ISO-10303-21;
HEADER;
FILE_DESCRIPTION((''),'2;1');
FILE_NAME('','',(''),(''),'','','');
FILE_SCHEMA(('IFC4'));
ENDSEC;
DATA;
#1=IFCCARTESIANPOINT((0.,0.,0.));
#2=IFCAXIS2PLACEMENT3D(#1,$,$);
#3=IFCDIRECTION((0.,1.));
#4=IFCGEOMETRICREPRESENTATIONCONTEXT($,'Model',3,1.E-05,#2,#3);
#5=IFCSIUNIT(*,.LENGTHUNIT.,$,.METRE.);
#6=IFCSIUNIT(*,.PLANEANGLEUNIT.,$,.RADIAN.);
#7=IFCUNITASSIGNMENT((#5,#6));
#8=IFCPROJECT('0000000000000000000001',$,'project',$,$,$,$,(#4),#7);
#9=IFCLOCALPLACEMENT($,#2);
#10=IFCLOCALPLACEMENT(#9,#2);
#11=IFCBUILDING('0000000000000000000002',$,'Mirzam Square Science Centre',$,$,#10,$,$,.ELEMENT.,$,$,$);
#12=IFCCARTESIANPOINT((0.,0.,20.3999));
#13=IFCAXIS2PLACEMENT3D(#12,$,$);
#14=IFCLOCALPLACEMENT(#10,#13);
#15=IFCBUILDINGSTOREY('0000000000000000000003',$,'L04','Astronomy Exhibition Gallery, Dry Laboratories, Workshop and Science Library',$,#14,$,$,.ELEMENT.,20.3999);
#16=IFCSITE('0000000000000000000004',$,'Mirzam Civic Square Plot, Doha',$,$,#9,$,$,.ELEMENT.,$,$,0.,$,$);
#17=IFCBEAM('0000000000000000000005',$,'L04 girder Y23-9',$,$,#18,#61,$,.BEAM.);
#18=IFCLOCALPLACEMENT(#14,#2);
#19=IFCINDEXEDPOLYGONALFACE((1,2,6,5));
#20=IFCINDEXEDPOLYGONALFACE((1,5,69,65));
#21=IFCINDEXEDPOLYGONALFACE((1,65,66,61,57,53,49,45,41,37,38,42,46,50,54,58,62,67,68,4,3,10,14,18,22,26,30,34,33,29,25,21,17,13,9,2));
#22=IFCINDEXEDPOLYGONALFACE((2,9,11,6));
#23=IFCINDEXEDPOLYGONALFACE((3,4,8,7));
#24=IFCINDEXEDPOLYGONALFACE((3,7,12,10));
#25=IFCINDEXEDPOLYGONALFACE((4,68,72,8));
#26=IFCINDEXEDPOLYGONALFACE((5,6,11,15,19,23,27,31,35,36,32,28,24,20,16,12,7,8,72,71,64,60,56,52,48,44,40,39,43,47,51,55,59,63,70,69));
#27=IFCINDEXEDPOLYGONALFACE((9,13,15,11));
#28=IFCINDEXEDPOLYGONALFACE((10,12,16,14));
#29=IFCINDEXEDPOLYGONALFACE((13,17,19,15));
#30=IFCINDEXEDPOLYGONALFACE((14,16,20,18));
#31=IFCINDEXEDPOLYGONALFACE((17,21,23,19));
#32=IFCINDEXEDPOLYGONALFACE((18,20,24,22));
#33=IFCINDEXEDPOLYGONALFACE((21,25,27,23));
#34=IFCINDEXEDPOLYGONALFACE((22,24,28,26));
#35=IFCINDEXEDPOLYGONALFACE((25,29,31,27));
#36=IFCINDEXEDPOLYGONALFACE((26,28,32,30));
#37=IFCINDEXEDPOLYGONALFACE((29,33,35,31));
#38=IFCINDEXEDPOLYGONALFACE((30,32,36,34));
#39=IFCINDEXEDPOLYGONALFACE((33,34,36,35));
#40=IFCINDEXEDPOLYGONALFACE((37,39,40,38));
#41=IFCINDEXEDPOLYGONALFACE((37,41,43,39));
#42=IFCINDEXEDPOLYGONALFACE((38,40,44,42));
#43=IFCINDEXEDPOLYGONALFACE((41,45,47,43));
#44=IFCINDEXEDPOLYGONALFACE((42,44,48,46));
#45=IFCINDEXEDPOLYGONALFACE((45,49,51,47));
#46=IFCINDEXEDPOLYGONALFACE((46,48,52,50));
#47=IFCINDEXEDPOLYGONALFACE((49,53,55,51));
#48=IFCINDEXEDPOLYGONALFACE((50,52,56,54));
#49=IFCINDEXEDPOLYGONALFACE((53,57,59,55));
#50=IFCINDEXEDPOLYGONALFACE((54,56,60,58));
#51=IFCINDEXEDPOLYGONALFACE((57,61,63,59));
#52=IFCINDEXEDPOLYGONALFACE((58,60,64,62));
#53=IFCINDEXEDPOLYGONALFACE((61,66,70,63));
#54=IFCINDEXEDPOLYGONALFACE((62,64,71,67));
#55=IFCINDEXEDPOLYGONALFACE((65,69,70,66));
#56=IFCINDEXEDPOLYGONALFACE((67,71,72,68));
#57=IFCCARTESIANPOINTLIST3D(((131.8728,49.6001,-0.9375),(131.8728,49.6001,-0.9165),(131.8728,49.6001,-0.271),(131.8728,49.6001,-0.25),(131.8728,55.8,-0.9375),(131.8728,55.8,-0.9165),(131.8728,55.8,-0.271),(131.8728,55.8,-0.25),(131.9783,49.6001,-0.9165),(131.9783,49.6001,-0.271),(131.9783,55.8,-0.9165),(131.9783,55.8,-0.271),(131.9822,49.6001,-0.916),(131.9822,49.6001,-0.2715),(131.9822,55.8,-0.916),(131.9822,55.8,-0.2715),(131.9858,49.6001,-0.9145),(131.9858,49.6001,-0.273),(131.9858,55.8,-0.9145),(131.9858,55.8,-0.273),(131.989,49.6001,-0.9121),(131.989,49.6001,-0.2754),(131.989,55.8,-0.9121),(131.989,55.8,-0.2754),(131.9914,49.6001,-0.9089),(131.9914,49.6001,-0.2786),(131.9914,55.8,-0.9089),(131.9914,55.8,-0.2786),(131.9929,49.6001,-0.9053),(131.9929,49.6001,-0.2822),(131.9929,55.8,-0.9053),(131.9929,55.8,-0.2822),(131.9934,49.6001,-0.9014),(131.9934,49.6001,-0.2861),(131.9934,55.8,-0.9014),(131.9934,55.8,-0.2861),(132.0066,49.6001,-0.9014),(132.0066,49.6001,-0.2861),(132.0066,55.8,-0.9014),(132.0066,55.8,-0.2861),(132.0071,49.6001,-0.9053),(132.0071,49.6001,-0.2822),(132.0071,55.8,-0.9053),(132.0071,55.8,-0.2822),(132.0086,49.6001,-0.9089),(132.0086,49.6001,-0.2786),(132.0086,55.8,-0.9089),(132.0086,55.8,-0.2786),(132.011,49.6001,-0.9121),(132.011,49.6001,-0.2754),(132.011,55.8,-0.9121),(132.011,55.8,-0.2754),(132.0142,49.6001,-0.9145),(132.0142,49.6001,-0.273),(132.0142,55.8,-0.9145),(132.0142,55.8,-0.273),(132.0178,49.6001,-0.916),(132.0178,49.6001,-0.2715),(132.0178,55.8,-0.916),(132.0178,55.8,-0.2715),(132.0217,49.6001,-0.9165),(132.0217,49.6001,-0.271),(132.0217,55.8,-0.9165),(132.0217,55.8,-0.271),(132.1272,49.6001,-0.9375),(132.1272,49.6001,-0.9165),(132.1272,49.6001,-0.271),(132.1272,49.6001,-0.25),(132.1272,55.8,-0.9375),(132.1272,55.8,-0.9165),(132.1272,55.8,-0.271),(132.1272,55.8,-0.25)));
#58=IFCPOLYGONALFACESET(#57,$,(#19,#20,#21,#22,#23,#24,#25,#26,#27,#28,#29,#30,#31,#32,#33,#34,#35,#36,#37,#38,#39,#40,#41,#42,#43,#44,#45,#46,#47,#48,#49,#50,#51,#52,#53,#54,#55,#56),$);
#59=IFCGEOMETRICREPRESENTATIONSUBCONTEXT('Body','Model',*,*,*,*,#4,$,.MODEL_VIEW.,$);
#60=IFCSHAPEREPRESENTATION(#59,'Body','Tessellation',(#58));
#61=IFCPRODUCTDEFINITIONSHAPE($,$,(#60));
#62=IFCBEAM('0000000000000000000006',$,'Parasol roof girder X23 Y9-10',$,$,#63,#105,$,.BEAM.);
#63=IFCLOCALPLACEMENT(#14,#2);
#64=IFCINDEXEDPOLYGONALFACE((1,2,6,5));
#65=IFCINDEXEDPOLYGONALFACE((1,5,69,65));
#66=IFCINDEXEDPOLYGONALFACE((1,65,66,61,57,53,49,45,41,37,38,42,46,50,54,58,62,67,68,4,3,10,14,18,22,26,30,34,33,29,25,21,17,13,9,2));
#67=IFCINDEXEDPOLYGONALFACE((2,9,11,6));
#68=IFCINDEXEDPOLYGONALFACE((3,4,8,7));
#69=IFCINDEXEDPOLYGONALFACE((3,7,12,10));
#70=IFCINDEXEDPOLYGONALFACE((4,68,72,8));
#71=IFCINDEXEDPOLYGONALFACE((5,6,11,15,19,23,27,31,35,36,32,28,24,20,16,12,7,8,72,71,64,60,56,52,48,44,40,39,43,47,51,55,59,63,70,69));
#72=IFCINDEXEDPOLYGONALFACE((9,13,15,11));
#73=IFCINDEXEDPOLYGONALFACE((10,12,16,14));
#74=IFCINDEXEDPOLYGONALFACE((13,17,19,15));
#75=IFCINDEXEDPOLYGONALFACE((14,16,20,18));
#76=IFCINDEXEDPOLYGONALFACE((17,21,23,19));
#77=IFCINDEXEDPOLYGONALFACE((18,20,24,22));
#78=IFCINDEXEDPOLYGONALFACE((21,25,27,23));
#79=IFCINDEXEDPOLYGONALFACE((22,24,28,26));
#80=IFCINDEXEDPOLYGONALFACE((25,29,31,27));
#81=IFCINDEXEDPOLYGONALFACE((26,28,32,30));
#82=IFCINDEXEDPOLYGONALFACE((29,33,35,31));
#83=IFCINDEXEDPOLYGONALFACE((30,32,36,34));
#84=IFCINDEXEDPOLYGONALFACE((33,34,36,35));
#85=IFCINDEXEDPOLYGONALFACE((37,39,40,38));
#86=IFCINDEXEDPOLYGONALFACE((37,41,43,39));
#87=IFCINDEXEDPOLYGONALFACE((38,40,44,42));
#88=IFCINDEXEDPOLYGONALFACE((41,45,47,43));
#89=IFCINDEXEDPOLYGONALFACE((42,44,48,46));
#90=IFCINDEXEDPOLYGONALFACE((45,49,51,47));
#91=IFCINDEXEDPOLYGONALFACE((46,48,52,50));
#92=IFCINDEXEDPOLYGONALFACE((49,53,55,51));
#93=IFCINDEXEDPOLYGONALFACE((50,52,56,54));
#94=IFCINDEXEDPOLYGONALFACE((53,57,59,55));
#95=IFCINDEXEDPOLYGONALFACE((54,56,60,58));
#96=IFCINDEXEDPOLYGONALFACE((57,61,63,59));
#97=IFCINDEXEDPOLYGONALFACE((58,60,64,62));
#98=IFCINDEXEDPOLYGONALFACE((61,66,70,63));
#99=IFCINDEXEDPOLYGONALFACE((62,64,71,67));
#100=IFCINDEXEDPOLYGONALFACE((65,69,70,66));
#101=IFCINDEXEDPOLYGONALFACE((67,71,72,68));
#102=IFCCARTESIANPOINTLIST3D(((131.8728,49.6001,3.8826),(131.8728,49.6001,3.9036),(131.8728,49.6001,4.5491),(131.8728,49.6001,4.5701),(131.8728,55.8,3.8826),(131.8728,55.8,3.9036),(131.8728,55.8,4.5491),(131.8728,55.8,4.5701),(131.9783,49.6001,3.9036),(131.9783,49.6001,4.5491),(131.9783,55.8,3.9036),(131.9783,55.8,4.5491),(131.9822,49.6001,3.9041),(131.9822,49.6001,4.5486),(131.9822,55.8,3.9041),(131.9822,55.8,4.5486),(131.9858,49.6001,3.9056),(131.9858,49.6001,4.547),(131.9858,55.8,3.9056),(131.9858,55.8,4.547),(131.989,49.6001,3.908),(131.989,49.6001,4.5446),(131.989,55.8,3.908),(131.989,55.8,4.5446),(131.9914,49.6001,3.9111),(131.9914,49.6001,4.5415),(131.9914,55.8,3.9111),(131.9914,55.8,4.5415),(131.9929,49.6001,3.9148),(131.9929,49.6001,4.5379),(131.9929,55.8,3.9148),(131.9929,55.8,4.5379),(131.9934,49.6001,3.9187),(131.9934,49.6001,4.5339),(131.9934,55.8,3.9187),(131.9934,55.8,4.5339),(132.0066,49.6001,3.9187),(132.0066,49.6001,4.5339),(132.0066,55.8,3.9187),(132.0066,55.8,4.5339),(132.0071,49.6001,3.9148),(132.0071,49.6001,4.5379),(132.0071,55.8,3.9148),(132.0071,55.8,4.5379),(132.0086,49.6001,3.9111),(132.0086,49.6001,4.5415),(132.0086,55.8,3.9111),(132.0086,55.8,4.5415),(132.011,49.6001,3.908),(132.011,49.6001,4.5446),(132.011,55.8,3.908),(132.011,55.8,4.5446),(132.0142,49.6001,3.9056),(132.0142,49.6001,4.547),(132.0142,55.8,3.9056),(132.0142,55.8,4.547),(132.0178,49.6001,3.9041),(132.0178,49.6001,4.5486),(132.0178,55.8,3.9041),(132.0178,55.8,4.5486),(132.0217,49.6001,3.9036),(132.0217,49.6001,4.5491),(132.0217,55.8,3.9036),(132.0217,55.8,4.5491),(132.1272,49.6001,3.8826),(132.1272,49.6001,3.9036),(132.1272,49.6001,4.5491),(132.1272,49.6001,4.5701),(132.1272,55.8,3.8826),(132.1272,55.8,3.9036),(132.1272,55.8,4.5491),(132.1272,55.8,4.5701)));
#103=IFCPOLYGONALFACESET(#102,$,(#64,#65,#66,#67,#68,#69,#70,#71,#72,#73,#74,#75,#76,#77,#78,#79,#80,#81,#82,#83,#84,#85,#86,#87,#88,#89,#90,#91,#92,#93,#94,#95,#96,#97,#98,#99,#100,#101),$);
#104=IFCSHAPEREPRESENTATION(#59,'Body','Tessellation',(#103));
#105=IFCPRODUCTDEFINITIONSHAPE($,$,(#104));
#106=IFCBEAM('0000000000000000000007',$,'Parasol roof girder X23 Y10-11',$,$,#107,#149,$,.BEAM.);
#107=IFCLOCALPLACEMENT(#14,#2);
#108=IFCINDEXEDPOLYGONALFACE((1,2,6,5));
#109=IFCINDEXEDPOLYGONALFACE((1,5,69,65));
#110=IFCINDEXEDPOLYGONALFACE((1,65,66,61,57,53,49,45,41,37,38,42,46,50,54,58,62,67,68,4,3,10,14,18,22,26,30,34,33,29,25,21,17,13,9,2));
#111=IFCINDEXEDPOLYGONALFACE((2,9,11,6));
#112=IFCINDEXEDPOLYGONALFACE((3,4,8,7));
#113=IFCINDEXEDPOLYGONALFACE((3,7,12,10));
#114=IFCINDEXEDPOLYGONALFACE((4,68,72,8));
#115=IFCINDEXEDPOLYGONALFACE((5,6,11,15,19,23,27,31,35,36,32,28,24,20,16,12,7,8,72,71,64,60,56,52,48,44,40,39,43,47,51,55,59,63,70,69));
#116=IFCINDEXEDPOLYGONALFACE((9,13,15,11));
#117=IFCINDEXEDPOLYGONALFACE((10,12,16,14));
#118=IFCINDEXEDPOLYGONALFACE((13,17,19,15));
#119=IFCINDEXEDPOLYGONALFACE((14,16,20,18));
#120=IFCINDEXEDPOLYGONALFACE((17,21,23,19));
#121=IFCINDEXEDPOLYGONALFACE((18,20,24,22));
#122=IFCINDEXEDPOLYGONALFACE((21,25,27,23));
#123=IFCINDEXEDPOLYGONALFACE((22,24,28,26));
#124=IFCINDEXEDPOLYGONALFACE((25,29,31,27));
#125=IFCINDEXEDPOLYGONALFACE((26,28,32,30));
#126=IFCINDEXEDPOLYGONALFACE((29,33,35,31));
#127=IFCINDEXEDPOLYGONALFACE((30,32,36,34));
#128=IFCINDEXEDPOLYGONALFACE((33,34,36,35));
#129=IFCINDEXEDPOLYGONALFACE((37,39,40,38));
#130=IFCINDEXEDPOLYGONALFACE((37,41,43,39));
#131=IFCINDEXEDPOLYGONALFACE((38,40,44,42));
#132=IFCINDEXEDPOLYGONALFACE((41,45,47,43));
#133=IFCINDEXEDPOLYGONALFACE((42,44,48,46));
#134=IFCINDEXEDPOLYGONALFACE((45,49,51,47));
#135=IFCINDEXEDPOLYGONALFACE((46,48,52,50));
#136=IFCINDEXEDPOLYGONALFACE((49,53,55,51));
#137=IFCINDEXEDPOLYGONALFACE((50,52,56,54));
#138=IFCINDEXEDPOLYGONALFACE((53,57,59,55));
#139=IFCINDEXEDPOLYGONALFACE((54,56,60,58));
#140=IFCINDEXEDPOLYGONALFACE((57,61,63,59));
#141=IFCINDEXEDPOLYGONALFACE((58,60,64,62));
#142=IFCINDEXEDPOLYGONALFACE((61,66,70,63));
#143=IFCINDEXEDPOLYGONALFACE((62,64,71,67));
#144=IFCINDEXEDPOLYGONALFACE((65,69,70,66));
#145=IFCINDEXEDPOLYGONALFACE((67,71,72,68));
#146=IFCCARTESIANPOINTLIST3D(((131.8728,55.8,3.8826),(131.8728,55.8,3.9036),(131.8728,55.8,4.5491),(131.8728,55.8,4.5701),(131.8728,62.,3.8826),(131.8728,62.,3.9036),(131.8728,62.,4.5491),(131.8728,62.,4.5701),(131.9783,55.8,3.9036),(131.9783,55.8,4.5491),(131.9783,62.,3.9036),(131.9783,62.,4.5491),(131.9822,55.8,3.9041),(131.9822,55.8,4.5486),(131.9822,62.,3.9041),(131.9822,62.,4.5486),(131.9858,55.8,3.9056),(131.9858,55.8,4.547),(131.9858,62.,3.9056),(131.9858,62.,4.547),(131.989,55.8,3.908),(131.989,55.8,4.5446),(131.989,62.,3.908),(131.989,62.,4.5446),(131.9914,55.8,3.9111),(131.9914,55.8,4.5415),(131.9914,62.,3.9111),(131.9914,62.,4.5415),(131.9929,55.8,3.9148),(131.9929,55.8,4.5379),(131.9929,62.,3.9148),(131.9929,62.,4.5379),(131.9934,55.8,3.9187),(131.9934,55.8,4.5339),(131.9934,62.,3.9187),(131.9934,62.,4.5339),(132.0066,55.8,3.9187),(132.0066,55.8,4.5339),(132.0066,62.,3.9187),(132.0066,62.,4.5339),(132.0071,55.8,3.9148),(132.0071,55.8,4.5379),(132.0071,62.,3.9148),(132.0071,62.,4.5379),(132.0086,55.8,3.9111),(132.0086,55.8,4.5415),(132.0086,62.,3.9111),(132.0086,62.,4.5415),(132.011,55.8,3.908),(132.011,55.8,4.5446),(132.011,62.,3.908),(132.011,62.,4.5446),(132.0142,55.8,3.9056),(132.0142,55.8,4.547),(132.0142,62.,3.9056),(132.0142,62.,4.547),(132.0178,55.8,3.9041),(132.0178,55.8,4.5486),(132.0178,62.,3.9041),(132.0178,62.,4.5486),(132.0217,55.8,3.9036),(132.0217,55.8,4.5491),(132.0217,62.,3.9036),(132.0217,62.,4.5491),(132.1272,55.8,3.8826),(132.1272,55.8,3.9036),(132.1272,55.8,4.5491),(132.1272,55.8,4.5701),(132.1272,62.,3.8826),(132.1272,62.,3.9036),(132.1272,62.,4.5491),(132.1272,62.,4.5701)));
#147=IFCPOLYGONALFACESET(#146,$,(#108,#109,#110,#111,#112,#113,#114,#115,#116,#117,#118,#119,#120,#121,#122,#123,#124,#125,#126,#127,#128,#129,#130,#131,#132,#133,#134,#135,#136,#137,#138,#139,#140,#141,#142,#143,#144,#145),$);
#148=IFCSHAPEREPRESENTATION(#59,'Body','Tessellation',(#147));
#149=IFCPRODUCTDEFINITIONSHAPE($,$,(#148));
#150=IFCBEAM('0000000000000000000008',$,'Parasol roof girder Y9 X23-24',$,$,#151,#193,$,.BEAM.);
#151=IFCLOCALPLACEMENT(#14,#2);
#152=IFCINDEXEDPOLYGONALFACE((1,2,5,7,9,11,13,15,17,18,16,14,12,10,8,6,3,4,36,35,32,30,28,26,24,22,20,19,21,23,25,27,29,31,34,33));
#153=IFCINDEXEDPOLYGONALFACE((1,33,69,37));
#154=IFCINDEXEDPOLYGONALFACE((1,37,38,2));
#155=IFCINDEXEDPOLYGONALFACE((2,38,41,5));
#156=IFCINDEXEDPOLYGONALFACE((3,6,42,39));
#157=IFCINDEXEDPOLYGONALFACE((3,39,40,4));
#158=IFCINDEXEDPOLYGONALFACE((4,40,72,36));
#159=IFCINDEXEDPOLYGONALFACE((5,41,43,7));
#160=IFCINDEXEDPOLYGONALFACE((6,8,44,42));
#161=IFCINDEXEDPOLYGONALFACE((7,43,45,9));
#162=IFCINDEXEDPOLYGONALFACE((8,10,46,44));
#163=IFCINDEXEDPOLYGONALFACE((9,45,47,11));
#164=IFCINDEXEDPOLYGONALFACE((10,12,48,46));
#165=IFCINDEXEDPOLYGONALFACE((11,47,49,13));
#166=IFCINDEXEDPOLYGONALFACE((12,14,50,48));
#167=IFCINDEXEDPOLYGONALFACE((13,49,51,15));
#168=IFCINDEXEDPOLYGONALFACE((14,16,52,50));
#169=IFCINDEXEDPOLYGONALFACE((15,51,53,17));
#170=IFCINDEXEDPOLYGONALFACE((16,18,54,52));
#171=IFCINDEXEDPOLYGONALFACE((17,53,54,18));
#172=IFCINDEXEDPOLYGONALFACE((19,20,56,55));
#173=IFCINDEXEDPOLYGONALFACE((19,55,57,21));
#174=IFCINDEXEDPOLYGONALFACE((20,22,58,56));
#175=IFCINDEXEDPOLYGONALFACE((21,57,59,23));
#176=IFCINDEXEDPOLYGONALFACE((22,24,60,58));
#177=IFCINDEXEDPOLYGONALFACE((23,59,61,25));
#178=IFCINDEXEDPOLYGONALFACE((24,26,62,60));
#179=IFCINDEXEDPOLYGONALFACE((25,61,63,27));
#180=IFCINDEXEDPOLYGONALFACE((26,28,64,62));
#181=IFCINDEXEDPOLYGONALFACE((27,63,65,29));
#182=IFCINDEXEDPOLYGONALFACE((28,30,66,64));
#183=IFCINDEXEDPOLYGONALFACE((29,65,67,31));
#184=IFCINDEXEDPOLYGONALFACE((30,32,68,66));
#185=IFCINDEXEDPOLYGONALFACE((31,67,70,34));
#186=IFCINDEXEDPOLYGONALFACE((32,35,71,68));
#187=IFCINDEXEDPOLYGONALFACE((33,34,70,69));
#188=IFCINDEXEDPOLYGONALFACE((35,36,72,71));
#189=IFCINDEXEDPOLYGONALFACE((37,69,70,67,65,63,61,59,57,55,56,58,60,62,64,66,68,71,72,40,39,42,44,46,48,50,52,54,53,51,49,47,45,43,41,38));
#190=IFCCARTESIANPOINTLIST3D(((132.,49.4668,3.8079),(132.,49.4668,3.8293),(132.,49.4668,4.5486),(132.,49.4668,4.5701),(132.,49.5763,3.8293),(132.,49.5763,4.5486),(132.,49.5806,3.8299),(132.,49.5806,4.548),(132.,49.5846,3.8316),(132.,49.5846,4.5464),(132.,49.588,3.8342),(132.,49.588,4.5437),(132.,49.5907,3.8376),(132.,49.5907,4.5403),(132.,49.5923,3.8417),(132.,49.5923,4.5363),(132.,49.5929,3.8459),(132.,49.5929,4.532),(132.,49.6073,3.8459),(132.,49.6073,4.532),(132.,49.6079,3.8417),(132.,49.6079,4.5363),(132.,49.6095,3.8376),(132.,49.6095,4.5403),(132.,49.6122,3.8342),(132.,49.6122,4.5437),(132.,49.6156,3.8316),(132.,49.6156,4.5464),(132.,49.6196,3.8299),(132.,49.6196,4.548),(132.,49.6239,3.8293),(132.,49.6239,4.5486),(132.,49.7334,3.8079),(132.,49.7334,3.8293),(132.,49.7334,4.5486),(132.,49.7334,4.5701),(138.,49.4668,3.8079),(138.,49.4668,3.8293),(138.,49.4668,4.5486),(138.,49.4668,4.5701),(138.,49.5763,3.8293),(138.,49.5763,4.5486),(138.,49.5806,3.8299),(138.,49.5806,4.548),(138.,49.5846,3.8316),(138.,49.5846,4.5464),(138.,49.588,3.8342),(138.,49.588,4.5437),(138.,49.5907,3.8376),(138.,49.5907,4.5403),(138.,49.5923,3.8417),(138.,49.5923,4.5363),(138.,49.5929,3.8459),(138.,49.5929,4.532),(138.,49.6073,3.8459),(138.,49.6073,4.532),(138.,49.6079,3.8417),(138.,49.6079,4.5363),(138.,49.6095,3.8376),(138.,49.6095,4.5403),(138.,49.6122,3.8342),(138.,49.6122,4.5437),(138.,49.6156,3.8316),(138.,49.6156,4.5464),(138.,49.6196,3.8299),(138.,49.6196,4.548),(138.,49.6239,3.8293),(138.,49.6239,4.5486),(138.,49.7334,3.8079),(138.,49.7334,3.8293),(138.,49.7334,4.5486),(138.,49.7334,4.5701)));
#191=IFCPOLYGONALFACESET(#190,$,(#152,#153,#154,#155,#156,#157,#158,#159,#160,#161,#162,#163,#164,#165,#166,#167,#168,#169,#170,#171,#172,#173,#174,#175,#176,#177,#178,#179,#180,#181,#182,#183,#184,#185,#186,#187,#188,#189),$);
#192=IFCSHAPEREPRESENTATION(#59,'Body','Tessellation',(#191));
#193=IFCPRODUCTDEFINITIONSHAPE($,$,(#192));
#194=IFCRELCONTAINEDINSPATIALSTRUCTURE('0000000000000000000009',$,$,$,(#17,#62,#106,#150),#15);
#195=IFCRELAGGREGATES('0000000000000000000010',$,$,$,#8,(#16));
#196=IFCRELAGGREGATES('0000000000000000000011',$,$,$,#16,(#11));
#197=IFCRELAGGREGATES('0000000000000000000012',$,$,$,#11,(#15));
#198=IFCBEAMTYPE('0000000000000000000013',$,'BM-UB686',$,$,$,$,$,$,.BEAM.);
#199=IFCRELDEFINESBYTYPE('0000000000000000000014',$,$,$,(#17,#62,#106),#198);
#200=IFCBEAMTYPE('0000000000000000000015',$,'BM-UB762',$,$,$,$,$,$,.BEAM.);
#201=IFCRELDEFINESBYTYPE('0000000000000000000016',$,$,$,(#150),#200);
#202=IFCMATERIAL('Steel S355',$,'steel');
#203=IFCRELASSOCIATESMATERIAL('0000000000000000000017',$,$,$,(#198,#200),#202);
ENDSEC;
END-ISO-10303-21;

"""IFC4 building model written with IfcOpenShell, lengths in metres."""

from ifc_helpers import new_model, si_unit, direction, frame, origin, origin_2d, place, context, subcontext, project, spatial, i_section, extrude, material, material_profile, profile_set, type_object, element, save


model = new_model("IFC4")

# Units and contexts
model_context = context("Model", 3, precision=1e-05, world=origin(), true_north=direction((0.0, 1.0)))
body_context = subcontext(model_context, "Body", "Model", "MODEL_VIEW")
ifc_project = project(units=[si_unit("LENGTHUNIT", "METRE"), si_unit("PLANEANGLEUNIT", "RADIAN")], contexts=[model_context])

# Site, building, storey
site_placement = place(None, origin())
site = spatial("IfcSite", under=ifc_project, at=site_placement, Name="Mirzam Civic Square Plot, Doha", CompositionType="ELEMENT", RefElevation=0.0)
building_placement = place(site_placement, origin())
building = spatial("IfcBuilding", under=site, at=building_placement, Name="Mirzam Square Science Centre", CompositionType="ELEMENT")
storey_placement = place(building_placement, frame((0.0, 0.0, 20.3999)))
storey = spatial("IfcBuildingStorey", under=building, at=storey_placement, Name="L04", Description="Astronomy Exhibition Gallery, Dry Laboratories, Workshop and Science Library", CompositionType="ELEMENT", Elevation=20.3999)

# Shared definitions
ifc_material_1 = material(Name="Steel S355", Category="steel")

# Beams
ifc_material_profile_1 = material_profile(ifc_material_1, i_section(OverallWidth=0.2544, OverallDepth=0.6875, WebThickness=0.0132, FlangeThickness=0.021, FilletRadius=0.0151, at=origin_2d()), Name="686x254x152UB")
ifc_profile_set_1 = profile_set([ifc_material_profile_1], Name="Steel S355")
beam_type_1 = type_object("IfcBeamType", Name="BM-UB686", PredefinedType="BEAM", material=ifc_profile_set_1)
for number, where, z_axis, x_axis, name in (
    (1, (132.0, 49.6001, -0.5938), (0.0, 1.0, 0.0), (-1.0, 0.0, 0.0), "L04 girder Y23-9"),
    (2, (132.0, 49.6001, 4.2263), (0.0, 1.0, 0.0), (-1.0, 0.0, 0.0), "Parasol roof girder X23 Y9-10"),
    (3, (132.0, 55.8, 4.2263), (0.0, 1.0, 0.0), (-1.0, 0.0, 0.0), "Parasol roof girder X23 Y10-11"),
):
    element("IfcBeam", number, at=place(storey_placement, frame(where, z_axis=z_axis, x_axis=x_axis)), inside=storey, type_object=beam_type_1, Name=name, PredefinedType="BEAM", context=body_context, shape_type="SweptSolid", body=[
        extrude(i_section(OverallWidth=0.2544, OverallDepth=0.6875, WebThickness=0.0132, FlangeThickness=0.021, FilletRadius=0.0151, at=origin_2d()), origin(), (0.0, 0.0, 1.0), 6.2),
    ])
ifc_material_profile_2 = material_profile(ifc_material_1, i_section(OverallWidth=0.2666, OverallDepth=0.7622, WebThickness=0.0144, FlangeThickness=0.0215, FilletRadius=0.0166, at=origin_2d()), Name="762x267x173UB")
ifc_profile_set_2 = profile_set([ifc_material_profile_2], Name="Steel S355")
beam_type_2 = type_object("IfcBeamType", Name="BM-UB762", PredefinedType="BEAM", material=ifc_profile_set_2)
for number, where, z_axis, x_axis, name in (
    (4, (132.0, 49.6001, 4.189), (1.0, 0.0, 0.0), (0.0, 1.0, 0.0), "Parasol roof girder Y9 X23-24"),
):
    element("IfcBeam", number, at=place(storey_placement, frame(where, z_axis=z_axis, x_axis=x_axis)), inside=storey, type_object=beam_type_2, Name=name, PredefinedType="BEAM", context=body_context, shape_type="SweptSolid", body=[
        extrude(i_section(OverallWidth=0.2666, OverallDepth=0.7622, WebThickness=0.0144, FlangeThickness=0.0215, FilletRadius=0.0166, at=origin_2d()), origin(), (0.0, 0.0, 1.0), 6.0),
    ])

save(model, "model.ifc")
